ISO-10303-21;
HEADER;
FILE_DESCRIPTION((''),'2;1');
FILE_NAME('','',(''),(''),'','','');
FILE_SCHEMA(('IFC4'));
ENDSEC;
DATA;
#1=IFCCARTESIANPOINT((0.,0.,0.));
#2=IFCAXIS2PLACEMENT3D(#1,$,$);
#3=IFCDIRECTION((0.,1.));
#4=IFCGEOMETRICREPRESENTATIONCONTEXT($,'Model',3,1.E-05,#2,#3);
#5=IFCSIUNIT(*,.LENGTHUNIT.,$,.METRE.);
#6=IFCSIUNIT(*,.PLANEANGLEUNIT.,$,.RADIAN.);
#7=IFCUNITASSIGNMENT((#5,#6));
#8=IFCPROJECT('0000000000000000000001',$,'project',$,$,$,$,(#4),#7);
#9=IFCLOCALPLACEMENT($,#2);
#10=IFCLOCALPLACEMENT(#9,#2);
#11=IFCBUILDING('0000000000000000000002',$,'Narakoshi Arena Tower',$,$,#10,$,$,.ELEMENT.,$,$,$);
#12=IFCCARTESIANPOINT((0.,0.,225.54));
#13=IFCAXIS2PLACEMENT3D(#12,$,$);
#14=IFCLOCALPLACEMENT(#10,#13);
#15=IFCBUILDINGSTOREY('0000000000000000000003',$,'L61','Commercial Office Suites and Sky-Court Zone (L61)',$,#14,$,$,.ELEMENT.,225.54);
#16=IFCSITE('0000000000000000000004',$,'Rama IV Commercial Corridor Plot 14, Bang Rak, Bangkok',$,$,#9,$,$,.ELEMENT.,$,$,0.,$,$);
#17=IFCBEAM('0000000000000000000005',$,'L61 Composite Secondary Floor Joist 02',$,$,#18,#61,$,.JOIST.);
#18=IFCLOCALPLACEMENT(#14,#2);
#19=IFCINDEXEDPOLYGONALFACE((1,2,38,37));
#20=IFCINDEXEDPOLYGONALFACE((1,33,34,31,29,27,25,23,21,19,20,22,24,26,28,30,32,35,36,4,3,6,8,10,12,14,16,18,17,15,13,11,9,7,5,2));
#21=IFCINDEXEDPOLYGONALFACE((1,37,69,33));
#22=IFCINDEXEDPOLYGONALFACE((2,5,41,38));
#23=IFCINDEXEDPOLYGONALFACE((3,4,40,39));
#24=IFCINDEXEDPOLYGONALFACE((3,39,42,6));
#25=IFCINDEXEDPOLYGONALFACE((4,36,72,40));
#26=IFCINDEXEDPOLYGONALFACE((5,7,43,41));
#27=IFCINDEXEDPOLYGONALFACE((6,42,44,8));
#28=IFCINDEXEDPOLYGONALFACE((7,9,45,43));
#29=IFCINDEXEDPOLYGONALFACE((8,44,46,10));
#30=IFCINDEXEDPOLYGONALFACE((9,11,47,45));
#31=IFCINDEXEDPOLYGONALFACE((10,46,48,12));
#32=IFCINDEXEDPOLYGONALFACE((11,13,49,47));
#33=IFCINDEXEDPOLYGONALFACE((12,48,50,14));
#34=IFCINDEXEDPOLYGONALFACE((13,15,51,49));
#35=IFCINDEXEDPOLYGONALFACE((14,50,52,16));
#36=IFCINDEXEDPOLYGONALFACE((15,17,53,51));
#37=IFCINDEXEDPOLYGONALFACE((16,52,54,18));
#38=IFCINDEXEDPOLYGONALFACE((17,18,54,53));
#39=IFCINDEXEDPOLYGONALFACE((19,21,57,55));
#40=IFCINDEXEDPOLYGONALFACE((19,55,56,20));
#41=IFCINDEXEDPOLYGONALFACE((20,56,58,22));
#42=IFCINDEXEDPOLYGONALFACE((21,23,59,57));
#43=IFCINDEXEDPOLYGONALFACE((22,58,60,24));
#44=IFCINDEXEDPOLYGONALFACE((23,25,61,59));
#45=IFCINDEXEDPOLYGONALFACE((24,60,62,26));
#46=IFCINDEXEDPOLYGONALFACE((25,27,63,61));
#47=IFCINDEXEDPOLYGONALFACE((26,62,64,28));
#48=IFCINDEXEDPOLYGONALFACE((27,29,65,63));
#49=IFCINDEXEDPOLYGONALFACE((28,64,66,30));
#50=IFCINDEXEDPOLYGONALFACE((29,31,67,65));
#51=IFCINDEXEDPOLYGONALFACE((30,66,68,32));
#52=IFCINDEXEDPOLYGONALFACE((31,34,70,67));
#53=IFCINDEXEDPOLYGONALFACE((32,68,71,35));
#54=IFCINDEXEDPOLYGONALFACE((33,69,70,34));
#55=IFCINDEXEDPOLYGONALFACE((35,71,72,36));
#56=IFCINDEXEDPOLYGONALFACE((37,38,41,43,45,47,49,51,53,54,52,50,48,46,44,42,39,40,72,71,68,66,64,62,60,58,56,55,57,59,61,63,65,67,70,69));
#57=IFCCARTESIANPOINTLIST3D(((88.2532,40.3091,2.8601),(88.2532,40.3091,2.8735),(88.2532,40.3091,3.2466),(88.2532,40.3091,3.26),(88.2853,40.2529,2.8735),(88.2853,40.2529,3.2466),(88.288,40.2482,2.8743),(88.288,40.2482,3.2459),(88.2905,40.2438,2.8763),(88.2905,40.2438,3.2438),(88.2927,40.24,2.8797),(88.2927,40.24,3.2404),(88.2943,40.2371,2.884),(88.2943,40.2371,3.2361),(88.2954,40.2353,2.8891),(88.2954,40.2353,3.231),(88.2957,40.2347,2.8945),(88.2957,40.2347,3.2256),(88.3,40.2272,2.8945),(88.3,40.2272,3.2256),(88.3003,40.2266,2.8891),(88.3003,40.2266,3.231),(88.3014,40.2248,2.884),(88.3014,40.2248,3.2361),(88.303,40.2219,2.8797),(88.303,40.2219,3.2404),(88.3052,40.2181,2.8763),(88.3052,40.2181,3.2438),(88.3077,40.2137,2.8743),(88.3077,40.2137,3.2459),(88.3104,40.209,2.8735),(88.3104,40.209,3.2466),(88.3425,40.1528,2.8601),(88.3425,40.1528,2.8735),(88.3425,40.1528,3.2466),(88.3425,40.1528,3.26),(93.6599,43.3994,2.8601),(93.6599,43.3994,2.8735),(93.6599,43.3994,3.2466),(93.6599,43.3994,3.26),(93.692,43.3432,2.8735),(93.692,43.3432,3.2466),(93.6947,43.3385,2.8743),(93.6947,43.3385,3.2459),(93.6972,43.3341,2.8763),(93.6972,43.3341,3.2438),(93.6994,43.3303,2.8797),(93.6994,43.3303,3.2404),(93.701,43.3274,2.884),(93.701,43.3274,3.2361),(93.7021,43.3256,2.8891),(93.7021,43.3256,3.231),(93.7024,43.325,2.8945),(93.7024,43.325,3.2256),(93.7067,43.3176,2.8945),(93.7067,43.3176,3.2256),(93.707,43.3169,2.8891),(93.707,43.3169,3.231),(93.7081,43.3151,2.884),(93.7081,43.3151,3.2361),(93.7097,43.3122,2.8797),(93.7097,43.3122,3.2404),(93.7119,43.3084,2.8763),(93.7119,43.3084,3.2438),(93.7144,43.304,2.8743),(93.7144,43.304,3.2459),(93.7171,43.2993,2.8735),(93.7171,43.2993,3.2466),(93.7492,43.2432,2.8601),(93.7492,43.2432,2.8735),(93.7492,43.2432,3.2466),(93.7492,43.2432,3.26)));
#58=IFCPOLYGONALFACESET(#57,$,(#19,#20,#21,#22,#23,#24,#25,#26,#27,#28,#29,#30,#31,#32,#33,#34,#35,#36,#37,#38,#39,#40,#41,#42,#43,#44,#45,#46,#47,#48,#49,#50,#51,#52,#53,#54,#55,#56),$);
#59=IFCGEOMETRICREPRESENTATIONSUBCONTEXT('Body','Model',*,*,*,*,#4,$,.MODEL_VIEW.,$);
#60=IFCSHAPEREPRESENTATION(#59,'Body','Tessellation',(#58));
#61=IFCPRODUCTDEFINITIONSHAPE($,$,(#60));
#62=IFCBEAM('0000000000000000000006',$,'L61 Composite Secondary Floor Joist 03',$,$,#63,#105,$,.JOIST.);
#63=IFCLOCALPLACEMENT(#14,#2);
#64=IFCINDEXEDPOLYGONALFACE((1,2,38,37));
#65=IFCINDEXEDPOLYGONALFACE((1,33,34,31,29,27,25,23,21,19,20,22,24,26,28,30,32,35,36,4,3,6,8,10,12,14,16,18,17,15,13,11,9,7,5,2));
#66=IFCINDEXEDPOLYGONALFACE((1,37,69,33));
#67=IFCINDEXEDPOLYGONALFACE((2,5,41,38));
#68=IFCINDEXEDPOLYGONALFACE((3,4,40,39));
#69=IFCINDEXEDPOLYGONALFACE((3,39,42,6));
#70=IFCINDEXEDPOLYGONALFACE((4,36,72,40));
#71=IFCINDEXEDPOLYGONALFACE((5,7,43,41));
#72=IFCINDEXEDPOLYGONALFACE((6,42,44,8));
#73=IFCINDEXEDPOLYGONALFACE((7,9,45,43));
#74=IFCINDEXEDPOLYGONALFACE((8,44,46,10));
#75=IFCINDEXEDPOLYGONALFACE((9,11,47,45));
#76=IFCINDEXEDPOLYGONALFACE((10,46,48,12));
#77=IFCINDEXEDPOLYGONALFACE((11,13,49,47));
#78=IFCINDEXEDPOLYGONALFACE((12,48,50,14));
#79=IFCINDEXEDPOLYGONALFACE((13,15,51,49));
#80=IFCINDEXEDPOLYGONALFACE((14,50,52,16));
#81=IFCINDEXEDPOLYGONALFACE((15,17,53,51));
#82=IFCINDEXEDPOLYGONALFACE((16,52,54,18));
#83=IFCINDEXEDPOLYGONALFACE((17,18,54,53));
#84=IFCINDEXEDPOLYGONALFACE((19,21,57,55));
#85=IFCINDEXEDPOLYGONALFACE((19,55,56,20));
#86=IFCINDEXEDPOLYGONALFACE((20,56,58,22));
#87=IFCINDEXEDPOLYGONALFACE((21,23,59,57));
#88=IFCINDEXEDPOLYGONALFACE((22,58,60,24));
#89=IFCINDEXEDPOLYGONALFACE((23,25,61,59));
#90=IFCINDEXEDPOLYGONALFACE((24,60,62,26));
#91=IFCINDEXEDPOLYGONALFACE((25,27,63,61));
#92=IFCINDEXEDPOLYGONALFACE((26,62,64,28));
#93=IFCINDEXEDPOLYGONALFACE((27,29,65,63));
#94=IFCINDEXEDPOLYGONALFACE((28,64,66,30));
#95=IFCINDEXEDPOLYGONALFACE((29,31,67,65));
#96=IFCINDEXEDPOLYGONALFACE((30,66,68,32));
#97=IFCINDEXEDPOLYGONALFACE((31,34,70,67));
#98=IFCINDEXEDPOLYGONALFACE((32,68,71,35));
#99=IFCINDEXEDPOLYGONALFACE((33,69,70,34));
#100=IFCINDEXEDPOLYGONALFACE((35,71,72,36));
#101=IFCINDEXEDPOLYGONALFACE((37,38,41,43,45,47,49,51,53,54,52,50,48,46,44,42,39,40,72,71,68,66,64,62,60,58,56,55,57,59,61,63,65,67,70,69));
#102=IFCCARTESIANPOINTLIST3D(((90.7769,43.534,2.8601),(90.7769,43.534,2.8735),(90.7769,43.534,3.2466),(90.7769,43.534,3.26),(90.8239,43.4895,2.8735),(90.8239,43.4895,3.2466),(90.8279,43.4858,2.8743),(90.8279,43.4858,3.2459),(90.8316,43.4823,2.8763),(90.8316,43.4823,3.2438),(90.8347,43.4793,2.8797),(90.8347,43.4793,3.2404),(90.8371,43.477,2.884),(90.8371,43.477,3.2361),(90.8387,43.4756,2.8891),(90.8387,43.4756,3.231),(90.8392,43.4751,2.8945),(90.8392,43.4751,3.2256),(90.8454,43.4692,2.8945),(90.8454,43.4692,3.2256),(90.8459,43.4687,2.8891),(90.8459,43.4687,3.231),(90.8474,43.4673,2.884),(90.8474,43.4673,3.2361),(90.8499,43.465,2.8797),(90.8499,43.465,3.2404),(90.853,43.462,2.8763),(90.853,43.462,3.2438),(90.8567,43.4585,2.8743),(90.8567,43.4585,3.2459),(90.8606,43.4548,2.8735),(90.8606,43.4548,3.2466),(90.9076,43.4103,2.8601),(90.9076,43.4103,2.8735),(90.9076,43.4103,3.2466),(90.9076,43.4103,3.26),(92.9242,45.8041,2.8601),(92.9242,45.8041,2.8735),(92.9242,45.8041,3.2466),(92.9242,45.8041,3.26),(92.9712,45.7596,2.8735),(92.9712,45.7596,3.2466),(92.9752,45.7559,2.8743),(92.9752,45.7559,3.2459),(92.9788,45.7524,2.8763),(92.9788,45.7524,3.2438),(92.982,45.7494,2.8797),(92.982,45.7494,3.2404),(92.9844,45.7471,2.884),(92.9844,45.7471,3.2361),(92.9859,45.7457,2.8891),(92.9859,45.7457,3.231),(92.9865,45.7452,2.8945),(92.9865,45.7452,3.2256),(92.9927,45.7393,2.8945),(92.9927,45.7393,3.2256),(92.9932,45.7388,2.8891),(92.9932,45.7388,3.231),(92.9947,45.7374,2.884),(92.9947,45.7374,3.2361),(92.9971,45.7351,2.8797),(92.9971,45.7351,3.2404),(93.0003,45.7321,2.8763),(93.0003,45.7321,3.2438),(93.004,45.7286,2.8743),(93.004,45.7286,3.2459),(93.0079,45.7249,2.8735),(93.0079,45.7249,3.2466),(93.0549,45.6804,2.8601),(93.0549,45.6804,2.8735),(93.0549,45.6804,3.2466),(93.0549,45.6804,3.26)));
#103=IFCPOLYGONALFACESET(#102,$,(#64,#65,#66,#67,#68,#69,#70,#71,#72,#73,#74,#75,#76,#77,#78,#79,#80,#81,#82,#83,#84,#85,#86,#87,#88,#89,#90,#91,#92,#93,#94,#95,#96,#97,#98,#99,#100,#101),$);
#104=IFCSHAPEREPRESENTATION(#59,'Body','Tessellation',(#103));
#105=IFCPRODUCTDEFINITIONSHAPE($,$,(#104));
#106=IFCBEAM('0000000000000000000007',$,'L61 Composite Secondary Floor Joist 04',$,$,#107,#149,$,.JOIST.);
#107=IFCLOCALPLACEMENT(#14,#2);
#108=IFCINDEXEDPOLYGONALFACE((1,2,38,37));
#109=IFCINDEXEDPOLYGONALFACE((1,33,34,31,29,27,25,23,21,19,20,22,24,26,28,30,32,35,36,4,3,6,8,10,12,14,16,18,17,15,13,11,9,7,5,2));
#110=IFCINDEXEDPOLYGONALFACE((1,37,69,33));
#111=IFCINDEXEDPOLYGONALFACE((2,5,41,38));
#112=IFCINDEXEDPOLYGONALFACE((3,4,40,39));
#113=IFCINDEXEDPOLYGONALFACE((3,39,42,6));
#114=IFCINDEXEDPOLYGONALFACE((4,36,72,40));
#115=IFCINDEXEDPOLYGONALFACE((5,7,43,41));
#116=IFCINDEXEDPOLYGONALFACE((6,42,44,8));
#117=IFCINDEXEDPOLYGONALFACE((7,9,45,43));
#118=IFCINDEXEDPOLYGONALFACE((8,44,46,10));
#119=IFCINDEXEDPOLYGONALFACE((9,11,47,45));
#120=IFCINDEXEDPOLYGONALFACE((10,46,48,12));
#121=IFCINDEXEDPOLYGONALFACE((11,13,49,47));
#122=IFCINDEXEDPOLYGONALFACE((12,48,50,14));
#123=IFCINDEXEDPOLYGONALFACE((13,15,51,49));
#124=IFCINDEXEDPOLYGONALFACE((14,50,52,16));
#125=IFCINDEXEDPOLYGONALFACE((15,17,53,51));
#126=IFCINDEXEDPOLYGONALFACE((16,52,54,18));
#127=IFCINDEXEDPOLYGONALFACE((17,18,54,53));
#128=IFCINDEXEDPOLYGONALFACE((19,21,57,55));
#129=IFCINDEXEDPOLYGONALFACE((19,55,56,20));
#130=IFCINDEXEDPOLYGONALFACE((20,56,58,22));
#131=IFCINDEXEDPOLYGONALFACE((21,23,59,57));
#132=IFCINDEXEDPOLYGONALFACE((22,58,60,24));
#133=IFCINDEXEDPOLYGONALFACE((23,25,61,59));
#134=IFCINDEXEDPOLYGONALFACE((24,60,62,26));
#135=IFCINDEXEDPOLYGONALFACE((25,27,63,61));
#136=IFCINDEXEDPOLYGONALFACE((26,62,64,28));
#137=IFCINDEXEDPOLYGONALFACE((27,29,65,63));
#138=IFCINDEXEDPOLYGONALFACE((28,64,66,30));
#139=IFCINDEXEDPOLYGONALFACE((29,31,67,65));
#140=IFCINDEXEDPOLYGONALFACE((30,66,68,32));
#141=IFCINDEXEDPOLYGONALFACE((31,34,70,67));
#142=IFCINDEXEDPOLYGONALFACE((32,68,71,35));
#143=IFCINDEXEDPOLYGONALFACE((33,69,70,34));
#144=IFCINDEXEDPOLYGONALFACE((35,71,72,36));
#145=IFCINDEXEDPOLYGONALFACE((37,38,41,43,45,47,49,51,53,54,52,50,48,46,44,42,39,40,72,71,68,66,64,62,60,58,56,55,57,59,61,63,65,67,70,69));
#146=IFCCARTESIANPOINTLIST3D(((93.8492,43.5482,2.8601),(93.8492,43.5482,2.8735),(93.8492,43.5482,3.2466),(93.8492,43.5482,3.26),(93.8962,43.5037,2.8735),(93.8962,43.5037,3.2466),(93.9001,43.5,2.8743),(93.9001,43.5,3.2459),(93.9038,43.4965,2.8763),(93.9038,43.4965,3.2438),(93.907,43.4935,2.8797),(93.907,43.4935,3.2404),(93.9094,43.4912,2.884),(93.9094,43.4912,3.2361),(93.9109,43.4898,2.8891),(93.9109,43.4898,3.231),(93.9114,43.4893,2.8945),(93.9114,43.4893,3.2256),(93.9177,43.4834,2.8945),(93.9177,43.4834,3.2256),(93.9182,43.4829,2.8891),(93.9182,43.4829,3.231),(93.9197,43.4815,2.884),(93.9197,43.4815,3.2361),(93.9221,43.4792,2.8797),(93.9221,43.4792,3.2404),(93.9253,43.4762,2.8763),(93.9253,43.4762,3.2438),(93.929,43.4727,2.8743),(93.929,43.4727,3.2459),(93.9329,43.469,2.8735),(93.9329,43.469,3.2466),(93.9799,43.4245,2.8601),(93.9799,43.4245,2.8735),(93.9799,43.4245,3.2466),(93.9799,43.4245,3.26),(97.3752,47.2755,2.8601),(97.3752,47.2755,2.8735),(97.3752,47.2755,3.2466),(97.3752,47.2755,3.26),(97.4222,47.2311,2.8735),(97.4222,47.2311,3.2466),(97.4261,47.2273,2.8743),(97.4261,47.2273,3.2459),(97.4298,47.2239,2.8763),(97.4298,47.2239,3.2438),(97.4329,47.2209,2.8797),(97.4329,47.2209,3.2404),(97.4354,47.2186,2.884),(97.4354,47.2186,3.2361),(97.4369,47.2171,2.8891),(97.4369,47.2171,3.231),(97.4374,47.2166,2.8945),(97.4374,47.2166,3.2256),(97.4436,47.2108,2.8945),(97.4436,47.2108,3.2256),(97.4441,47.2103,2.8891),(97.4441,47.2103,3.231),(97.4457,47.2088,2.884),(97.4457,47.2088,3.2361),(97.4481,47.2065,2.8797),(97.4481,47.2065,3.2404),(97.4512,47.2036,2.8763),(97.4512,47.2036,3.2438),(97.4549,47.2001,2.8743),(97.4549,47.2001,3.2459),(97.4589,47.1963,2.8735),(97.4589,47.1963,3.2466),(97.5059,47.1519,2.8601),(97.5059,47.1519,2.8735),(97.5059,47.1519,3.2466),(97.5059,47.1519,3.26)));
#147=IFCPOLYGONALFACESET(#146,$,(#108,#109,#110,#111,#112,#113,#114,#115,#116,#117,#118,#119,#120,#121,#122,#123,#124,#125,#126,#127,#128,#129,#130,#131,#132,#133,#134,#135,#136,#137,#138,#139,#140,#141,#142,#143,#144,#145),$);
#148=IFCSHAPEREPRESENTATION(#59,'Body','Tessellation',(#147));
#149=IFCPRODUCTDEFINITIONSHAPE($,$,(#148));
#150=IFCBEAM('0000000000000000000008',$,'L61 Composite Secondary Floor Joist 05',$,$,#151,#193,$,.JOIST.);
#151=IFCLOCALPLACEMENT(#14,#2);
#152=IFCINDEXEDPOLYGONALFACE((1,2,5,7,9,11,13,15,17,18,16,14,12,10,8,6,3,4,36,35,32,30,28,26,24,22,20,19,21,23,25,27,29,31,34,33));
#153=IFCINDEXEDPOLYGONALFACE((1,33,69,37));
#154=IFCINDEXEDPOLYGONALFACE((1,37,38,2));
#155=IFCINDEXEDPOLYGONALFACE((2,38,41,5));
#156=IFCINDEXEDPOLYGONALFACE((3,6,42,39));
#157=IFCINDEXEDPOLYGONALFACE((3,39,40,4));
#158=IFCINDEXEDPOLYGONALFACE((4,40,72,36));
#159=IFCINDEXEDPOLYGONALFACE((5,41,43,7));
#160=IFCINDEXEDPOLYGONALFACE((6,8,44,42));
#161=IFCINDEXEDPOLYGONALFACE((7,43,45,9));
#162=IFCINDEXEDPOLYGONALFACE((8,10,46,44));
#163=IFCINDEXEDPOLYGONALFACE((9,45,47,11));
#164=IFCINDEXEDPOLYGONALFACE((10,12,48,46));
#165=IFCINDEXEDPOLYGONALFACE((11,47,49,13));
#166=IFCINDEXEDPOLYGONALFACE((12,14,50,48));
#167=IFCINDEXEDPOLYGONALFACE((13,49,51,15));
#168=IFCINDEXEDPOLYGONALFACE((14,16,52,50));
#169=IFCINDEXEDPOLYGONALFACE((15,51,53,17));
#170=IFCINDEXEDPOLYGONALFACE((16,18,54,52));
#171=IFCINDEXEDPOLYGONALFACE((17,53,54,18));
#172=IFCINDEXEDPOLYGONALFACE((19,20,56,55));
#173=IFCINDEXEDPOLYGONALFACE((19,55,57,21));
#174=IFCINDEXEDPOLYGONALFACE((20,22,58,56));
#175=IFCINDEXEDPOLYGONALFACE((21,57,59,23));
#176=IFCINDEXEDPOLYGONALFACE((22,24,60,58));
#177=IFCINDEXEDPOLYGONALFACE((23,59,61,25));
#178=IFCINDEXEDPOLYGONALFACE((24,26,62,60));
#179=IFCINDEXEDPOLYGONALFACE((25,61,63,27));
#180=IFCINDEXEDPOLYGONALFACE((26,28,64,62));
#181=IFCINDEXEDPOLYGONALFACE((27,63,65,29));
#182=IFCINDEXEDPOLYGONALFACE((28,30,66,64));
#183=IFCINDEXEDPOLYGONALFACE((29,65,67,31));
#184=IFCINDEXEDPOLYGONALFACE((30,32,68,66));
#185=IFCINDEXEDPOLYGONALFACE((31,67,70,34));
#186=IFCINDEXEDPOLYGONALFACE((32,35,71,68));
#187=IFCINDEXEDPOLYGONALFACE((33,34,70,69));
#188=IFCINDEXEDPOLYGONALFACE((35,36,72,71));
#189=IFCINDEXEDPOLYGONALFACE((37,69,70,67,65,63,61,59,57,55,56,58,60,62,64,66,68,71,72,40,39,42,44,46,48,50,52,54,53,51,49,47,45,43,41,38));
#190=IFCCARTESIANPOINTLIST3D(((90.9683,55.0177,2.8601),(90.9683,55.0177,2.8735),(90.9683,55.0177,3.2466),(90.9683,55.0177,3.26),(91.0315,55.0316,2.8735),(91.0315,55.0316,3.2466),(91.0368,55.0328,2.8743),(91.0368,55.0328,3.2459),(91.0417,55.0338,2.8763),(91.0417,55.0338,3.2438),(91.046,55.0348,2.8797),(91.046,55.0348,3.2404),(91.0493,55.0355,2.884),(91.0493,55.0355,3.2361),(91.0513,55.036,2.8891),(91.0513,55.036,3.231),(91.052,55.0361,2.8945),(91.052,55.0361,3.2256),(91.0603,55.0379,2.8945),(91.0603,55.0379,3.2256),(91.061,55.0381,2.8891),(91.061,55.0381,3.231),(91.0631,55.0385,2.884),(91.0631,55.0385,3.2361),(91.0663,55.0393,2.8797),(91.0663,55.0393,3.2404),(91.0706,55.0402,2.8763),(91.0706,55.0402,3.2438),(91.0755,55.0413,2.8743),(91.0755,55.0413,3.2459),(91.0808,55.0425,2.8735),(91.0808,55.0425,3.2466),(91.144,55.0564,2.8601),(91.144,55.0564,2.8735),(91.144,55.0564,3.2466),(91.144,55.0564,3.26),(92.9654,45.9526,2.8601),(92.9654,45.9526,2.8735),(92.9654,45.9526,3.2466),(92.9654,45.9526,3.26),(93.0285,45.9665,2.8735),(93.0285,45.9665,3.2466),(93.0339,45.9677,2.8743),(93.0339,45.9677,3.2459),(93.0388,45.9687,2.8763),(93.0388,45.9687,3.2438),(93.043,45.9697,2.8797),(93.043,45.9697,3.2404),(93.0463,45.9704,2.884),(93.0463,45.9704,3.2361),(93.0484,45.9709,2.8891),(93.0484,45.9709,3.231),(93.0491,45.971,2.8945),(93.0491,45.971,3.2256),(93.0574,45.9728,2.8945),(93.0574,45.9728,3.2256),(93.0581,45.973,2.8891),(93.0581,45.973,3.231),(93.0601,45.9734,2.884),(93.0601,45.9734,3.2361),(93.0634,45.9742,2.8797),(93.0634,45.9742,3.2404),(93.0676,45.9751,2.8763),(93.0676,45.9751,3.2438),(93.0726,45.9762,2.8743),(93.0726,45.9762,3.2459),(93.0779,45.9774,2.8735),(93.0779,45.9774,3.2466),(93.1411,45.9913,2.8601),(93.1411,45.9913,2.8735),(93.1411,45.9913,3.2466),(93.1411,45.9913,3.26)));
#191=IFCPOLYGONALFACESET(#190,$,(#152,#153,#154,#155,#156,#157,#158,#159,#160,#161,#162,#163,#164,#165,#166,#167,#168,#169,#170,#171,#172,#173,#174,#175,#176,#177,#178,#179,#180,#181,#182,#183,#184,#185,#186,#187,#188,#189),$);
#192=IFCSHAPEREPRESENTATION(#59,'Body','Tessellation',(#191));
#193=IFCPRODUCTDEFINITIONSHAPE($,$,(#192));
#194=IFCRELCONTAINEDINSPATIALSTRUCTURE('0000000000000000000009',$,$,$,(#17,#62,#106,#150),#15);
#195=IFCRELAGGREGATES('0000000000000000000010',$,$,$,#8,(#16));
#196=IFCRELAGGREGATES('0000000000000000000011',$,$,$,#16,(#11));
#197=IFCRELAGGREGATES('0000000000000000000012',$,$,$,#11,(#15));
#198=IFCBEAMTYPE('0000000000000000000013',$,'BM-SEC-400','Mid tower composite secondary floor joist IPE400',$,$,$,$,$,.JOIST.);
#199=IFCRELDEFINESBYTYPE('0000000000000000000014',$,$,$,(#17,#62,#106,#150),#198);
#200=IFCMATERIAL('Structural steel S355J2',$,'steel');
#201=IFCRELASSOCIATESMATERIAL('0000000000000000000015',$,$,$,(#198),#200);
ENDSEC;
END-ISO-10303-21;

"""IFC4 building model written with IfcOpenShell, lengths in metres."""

from ifc_helpers import new_model, si_unit, direction, frame, origin, origin_2d, place, context, subcontext, project, spatial, i_section, extrude, material, material_profile, profile_set, type_object, element, save


model = new_model("IFC4")

# Units and contexts
model_context = context("Model", 3, precision=1e-05, world=origin(), true_north=direction((0.0, 1.0)))
body_context = subcontext(model_context, "Body", "Model", "MODEL_VIEW")
ifc_project = project(units=[si_unit("LENGTHUNIT", "METRE"), si_unit("PLANEANGLEUNIT", "RADIAN")], contexts=[model_context])

# Site, building, storey
site_placement = place(None, origin())
site = spatial("IfcSite", under=ifc_project, at=site_placement, Name="Rama IV Commercial Corridor Plot 14, Bang Rak, Bangkok", CompositionType="ELEMENT", RefElevation=0.0)
building_placement = place(site_placement, origin())
building = spatial("IfcBuilding", under=site, at=building_placement, Name="Narakoshi Arena Tower", CompositionType="ELEMENT")
storey_placement = place(building_placement, frame((0.0, 0.0, 225.54)))
storey = spatial("IfcBuildingStorey", under=building, at=storey_placement, Name="L61", Description="Commercial Office Suites and Sky-Court Zone (L61)", CompositionType="ELEMENT", Elevation=225.54)

# Beams
ifc_material_1 = material(Name="Structural steel S355J2", Category="steel")
ifc_material_profile_1 = material_profile(ifc_material_1, i_section(OverallWidth=0.1799, OverallDepth=0.3999, WebThickness=0.0085, FlangeThickness=0.0134, FilletRadius=0.021, at=origin_2d()), Name="IPE400")
ifc_profile_set_1 = profile_set([ifc_material_profile_1], Name="Structural steel S355J2")
beam_type_1 = type_object("IfcBeamType", Name="BM-SEC-400", Description="Mid tower composite secondary floor joist IPE400", PredefinedType="JOIST", material=ifc_profile_set_1)
beam_1_placement = place(storey_placement, frame((88.2979, 40.231, 3.0601), z_axis=(0.86819, 0.496232, 0.0), x_axis=(-0.496232, 0.86819, 0.0)))
element("IfcBeam", 1, at=beam_1_placement, inside=storey, type_object=beam_type_1, Name="L61 Composite Secondary Floor Joist 02", PredefinedType="JOIST", context=body_context, shape_type="SweptSolid", body=[
    extrude(i_section(OverallWidth=0.1799, OverallDepth=0.3999, WebThickness=0.0085, FlangeThickness=0.0134, FilletRadius=0.021, at=origin_2d()), origin(), (0.0, 0.0, 1.0), 6.2275),
])
beam_2_placement = place(storey_placement, frame((90.8423, 43.4722, 3.0601), z_axis=(0.687183, 0.726484, 0.0), x_axis=(-0.726484, 0.687183, 0.0)))
element("IfcBeam", 2, at=beam_2_placement, inside=storey, type_object=beam_type_1, Name="L61 Composite Secondary Floor Joist 03", PredefinedType="JOIST", context=body_context, shape_type="SweptSolid", body=[
    extrude(i_section(OverallWidth=0.1799, OverallDepth=0.3999, WebThickness=0.0085, FlangeThickness=0.0134, FilletRadius=0.021, at=origin_2d()), origin(), (0.0, 0.0, 1.0), 3.1248),
])
beam_3_placement = place(storey_placement, frame((93.9146, 43.4863, 3.0601), z_axis=(0.687206, 0.726463, 0.0), x_axis=(-0.726463, 0.687206, 0.0)))
element("IfcBeam", 3, at=beam_3_placement, inside=storey, type_object=beam_type_1, Name="L61 Composite Secondary Floor Joist 04", PredefinedType="JOIST", context=body_context, shape_type="SweptSolid", body=[
    extrude(i_section(OverallWidth=0.1799, OverallDepth=0.3999, WebThickness=0.0085, FlangeThickness=0.0134, FilletRadius=0.021, at=origin_2d()), origin(), (0.0, 0.0, 1.0), 5.1309),
])
beam_4_placement = place(storey_placement, frame((93.0532, 45.9719, 3.0601), z_axis=(-0.215142, 0.976583, 0.0), x_axis=(-0.976583, -0.215142, 0.0)))
element("IfcBeam", 4, at=beam_4_placement, inside=storey, type_object=beam_type_1, Name="L61 Composite Secondary Floor Joist 05", PredefinedType="JOIST", context=body_context, shape_type="SweptSolid", body=[
    extrude(i_section(OverallWidth=0.1799, OverallDepth=0.3999, WebThickness=0.0085, FlangeThickness=0.0134, FilletRadius=0.021, at=origin_2d()), origin(), (0.0, 0.0, 1.0), 9.2825),
])

save(model, "model.ifc")
